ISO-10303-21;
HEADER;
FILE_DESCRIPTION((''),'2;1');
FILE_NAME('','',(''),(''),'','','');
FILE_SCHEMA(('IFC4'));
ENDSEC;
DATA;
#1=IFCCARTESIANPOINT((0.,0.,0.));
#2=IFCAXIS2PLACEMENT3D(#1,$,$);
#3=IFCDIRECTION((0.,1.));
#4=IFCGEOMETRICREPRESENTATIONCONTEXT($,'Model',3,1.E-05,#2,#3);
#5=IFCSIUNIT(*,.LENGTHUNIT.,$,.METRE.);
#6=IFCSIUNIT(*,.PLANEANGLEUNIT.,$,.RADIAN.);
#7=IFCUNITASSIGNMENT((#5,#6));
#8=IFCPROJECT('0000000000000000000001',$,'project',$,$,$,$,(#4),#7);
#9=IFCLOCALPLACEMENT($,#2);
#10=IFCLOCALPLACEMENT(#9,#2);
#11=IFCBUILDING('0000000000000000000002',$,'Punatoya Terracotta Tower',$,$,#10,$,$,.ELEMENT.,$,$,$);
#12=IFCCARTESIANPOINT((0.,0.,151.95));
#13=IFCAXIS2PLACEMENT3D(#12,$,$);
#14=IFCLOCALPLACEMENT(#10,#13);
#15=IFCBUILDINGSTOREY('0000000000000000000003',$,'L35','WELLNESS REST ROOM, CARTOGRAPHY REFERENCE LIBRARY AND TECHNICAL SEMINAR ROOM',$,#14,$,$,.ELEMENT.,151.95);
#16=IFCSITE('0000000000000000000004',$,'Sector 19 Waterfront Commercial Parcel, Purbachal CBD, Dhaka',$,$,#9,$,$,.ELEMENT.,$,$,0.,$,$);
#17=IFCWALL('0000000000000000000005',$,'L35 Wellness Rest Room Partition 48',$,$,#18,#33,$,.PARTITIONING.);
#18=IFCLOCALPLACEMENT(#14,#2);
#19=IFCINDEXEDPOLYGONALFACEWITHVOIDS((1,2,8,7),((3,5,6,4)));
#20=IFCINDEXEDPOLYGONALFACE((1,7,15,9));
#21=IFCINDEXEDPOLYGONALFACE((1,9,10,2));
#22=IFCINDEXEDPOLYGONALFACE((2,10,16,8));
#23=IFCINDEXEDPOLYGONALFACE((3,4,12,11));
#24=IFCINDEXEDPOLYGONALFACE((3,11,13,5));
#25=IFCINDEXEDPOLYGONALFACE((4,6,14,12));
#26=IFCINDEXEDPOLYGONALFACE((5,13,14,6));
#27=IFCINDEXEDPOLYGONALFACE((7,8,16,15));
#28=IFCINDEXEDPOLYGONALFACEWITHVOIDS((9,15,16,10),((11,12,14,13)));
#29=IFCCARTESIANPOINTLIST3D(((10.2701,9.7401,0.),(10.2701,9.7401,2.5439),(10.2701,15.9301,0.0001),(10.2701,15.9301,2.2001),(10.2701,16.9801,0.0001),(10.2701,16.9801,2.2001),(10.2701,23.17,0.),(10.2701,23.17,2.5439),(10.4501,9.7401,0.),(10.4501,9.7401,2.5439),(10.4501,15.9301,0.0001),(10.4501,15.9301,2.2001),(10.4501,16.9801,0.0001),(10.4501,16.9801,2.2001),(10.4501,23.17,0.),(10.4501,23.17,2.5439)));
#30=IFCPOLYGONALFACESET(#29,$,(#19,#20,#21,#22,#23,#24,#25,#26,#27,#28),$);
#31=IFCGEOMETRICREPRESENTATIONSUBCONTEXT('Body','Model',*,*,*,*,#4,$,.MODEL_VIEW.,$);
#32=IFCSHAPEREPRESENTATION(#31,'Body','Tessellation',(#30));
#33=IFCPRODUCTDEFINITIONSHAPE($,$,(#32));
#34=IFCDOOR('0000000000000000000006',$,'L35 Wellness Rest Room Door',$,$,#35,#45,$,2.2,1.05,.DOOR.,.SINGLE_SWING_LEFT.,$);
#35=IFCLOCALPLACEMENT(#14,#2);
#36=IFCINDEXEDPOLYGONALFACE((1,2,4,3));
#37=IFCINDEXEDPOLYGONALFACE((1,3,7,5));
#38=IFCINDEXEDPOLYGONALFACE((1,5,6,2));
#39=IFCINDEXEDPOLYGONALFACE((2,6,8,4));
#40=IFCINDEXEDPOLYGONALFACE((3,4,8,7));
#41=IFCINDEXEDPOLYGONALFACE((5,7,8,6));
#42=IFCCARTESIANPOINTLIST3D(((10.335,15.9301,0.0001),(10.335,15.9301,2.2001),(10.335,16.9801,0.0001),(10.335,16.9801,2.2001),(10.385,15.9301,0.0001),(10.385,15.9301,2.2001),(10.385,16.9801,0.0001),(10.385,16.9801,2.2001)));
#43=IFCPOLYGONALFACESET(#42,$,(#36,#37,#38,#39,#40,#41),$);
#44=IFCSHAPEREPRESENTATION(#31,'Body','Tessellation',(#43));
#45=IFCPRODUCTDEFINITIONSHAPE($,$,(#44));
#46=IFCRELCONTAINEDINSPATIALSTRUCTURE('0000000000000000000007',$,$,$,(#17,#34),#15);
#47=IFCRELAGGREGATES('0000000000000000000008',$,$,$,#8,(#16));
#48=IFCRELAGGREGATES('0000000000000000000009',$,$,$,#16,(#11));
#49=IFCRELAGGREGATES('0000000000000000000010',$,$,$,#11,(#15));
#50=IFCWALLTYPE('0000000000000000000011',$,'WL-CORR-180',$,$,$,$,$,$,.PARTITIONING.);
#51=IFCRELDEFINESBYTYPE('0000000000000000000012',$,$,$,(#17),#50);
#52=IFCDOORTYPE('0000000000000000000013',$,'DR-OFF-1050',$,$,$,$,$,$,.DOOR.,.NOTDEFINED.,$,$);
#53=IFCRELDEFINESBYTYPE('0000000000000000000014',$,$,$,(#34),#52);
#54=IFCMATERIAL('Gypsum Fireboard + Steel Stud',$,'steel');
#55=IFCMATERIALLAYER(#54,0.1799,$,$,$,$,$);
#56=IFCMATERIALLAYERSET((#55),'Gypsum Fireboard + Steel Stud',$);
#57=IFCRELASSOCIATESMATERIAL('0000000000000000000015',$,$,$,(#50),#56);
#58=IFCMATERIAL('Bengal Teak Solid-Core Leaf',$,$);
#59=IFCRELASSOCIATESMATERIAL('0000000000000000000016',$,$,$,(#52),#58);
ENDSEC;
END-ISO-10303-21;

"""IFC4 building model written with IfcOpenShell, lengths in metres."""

from ifc_helpers import new_model, si_unit, direction, frame, frame_2d, origin, place, context, subcontext, project, spatial, rectangle, extrude, material, layer, layer_set, type_object, element, fill, save


model = new_model("IFC4")

# Units and contexts
model_context = context("Model", 3, precision=1e-05, world=origin(), true_north=direction((0.0, 1.0)))
body_context = subcontext(model_context, "Body", "Model", "MODEL_VIEW")
ifc_project = project(units=[si_unit("LENGTHUNIT", "METRE"), si_unit("PLANEANGLEUNIT", "RADIAN")], contexts=[model_context])

# Site, building, storey
site_placement = place(None, origin())
site = spatial("IfcSite", under=ifc_project, at=site_placement, Name="Sector 19 Waterfront Commercial Parcel, Purbachal CBD, Dhaka", CompositionType="ELEMENT", RefElevation=0.0)
building_placement = place(site_placement, origin())
building = spatial("IfcBuilding", under=site, at=building_placement, Name="Punatoya Terracotta Tower", CompositionType="ELEMENT")
storey_placement = place(building_placement, frame((0.0, 0.0, 151.95)))
storey = spatial("IfcBuildingStorey", under=building, at=storey_placement, Name="L35", Description="WELLNESS REST ROOM, CARTOGRAPHY REFERENCE LIBRARY AND TECHNICAL SEMINAR ROOM", CompositionType="ELEMENT", Elevation=151.95)

# Wall, opening, door
ifc_material_1 = material(Name="Gypsum Fireboard + Steel Stud", Category="steel")
ifc_layer_1 = layer(ifc_material_1, 0.1799)
ifc_layer_set_1 = layer_set([ifc_layer_1], Name="Gypsum Fireboard + Steel Stud")
wall_type = type_object("IfcWallType", Name="WL-CORR-180", PredefinedType="PARTITIONING", material=ifc_layer_set_1)
wall_placement = place(storey_placement, frame((10.3601, 23.1699, 0.0), z_axis=(0.0, 0.0, 1.0), x_axis=(0.0, -1.0, 0.0)))
wall = element("IfcWall", 1, at=wall_placement, inside=storey, type_object=wall_type, Name="L35 Wellness Rest Room Partition 48", PredefinedType="PARTITIONING", context=body_context, shape_type="SweptSolid", body=[
    extrude(rectangle(XDim=13.4299, YDim=0.1799, at=frame_2d((6.7148, 0.0))), origin(), (0.0, 0.0, 1.0), 2.5439),
])
opening_placement = place(wall_placement, frame((6.1899, 0.0, 0.0)))
opening = element("IfcOpeningElement", 2, at=opening_placement, cuts=wall, PredefinedType="OPENING", context=body_context, shape_type="SweptSolid", body=[
    extrude(rectangle(XDim=1.05, YDim=2.2, at=frame_2d((0.5249, 1.1001))), frame((0.0, 0.0999, 0.0), z_axis=(0.0, -1.0, 0.0), x_axis=(1.0, 0.0, 0.0)), (0.0, 0.0, 1.0), 0.2),
])
ifc_material_2 = material(Name="Bengal Teak Solid-Core Leaf")
door_type = type_object("IfcDoorType", Name="DR-OFF-1050", OperationType="NOTDEFINED", PredefinedType="DOOR", material=ifc_material_2)
door_placement = place(opening_placement, origin())
door = element("IfcDoor", 3, at=door_placement, inside=storey, type_object=door_type, Name="L35 Wellness Rest Room Door", OperationType="SINGLE_SWING_LEFT", OverallHeight=2.2, OverallWidth=1.05, PredefinedType="DOOR", context=body_context, shape_type="SweptSolid", body=[
    extrude(rectangle(XDim=1.05, YDim=2.2, at=frame_2d((0.5249, 1.1001))), frame((0.0, 0.0249, 0.0), z_axis=(0.0, -1.0, 0.0), x_axis=(1.0, 0.0, 0.0)), (0.0, 0.0, 1.0), 0.05),
])
fill(opening, door)

save(model, "model.ifc")
